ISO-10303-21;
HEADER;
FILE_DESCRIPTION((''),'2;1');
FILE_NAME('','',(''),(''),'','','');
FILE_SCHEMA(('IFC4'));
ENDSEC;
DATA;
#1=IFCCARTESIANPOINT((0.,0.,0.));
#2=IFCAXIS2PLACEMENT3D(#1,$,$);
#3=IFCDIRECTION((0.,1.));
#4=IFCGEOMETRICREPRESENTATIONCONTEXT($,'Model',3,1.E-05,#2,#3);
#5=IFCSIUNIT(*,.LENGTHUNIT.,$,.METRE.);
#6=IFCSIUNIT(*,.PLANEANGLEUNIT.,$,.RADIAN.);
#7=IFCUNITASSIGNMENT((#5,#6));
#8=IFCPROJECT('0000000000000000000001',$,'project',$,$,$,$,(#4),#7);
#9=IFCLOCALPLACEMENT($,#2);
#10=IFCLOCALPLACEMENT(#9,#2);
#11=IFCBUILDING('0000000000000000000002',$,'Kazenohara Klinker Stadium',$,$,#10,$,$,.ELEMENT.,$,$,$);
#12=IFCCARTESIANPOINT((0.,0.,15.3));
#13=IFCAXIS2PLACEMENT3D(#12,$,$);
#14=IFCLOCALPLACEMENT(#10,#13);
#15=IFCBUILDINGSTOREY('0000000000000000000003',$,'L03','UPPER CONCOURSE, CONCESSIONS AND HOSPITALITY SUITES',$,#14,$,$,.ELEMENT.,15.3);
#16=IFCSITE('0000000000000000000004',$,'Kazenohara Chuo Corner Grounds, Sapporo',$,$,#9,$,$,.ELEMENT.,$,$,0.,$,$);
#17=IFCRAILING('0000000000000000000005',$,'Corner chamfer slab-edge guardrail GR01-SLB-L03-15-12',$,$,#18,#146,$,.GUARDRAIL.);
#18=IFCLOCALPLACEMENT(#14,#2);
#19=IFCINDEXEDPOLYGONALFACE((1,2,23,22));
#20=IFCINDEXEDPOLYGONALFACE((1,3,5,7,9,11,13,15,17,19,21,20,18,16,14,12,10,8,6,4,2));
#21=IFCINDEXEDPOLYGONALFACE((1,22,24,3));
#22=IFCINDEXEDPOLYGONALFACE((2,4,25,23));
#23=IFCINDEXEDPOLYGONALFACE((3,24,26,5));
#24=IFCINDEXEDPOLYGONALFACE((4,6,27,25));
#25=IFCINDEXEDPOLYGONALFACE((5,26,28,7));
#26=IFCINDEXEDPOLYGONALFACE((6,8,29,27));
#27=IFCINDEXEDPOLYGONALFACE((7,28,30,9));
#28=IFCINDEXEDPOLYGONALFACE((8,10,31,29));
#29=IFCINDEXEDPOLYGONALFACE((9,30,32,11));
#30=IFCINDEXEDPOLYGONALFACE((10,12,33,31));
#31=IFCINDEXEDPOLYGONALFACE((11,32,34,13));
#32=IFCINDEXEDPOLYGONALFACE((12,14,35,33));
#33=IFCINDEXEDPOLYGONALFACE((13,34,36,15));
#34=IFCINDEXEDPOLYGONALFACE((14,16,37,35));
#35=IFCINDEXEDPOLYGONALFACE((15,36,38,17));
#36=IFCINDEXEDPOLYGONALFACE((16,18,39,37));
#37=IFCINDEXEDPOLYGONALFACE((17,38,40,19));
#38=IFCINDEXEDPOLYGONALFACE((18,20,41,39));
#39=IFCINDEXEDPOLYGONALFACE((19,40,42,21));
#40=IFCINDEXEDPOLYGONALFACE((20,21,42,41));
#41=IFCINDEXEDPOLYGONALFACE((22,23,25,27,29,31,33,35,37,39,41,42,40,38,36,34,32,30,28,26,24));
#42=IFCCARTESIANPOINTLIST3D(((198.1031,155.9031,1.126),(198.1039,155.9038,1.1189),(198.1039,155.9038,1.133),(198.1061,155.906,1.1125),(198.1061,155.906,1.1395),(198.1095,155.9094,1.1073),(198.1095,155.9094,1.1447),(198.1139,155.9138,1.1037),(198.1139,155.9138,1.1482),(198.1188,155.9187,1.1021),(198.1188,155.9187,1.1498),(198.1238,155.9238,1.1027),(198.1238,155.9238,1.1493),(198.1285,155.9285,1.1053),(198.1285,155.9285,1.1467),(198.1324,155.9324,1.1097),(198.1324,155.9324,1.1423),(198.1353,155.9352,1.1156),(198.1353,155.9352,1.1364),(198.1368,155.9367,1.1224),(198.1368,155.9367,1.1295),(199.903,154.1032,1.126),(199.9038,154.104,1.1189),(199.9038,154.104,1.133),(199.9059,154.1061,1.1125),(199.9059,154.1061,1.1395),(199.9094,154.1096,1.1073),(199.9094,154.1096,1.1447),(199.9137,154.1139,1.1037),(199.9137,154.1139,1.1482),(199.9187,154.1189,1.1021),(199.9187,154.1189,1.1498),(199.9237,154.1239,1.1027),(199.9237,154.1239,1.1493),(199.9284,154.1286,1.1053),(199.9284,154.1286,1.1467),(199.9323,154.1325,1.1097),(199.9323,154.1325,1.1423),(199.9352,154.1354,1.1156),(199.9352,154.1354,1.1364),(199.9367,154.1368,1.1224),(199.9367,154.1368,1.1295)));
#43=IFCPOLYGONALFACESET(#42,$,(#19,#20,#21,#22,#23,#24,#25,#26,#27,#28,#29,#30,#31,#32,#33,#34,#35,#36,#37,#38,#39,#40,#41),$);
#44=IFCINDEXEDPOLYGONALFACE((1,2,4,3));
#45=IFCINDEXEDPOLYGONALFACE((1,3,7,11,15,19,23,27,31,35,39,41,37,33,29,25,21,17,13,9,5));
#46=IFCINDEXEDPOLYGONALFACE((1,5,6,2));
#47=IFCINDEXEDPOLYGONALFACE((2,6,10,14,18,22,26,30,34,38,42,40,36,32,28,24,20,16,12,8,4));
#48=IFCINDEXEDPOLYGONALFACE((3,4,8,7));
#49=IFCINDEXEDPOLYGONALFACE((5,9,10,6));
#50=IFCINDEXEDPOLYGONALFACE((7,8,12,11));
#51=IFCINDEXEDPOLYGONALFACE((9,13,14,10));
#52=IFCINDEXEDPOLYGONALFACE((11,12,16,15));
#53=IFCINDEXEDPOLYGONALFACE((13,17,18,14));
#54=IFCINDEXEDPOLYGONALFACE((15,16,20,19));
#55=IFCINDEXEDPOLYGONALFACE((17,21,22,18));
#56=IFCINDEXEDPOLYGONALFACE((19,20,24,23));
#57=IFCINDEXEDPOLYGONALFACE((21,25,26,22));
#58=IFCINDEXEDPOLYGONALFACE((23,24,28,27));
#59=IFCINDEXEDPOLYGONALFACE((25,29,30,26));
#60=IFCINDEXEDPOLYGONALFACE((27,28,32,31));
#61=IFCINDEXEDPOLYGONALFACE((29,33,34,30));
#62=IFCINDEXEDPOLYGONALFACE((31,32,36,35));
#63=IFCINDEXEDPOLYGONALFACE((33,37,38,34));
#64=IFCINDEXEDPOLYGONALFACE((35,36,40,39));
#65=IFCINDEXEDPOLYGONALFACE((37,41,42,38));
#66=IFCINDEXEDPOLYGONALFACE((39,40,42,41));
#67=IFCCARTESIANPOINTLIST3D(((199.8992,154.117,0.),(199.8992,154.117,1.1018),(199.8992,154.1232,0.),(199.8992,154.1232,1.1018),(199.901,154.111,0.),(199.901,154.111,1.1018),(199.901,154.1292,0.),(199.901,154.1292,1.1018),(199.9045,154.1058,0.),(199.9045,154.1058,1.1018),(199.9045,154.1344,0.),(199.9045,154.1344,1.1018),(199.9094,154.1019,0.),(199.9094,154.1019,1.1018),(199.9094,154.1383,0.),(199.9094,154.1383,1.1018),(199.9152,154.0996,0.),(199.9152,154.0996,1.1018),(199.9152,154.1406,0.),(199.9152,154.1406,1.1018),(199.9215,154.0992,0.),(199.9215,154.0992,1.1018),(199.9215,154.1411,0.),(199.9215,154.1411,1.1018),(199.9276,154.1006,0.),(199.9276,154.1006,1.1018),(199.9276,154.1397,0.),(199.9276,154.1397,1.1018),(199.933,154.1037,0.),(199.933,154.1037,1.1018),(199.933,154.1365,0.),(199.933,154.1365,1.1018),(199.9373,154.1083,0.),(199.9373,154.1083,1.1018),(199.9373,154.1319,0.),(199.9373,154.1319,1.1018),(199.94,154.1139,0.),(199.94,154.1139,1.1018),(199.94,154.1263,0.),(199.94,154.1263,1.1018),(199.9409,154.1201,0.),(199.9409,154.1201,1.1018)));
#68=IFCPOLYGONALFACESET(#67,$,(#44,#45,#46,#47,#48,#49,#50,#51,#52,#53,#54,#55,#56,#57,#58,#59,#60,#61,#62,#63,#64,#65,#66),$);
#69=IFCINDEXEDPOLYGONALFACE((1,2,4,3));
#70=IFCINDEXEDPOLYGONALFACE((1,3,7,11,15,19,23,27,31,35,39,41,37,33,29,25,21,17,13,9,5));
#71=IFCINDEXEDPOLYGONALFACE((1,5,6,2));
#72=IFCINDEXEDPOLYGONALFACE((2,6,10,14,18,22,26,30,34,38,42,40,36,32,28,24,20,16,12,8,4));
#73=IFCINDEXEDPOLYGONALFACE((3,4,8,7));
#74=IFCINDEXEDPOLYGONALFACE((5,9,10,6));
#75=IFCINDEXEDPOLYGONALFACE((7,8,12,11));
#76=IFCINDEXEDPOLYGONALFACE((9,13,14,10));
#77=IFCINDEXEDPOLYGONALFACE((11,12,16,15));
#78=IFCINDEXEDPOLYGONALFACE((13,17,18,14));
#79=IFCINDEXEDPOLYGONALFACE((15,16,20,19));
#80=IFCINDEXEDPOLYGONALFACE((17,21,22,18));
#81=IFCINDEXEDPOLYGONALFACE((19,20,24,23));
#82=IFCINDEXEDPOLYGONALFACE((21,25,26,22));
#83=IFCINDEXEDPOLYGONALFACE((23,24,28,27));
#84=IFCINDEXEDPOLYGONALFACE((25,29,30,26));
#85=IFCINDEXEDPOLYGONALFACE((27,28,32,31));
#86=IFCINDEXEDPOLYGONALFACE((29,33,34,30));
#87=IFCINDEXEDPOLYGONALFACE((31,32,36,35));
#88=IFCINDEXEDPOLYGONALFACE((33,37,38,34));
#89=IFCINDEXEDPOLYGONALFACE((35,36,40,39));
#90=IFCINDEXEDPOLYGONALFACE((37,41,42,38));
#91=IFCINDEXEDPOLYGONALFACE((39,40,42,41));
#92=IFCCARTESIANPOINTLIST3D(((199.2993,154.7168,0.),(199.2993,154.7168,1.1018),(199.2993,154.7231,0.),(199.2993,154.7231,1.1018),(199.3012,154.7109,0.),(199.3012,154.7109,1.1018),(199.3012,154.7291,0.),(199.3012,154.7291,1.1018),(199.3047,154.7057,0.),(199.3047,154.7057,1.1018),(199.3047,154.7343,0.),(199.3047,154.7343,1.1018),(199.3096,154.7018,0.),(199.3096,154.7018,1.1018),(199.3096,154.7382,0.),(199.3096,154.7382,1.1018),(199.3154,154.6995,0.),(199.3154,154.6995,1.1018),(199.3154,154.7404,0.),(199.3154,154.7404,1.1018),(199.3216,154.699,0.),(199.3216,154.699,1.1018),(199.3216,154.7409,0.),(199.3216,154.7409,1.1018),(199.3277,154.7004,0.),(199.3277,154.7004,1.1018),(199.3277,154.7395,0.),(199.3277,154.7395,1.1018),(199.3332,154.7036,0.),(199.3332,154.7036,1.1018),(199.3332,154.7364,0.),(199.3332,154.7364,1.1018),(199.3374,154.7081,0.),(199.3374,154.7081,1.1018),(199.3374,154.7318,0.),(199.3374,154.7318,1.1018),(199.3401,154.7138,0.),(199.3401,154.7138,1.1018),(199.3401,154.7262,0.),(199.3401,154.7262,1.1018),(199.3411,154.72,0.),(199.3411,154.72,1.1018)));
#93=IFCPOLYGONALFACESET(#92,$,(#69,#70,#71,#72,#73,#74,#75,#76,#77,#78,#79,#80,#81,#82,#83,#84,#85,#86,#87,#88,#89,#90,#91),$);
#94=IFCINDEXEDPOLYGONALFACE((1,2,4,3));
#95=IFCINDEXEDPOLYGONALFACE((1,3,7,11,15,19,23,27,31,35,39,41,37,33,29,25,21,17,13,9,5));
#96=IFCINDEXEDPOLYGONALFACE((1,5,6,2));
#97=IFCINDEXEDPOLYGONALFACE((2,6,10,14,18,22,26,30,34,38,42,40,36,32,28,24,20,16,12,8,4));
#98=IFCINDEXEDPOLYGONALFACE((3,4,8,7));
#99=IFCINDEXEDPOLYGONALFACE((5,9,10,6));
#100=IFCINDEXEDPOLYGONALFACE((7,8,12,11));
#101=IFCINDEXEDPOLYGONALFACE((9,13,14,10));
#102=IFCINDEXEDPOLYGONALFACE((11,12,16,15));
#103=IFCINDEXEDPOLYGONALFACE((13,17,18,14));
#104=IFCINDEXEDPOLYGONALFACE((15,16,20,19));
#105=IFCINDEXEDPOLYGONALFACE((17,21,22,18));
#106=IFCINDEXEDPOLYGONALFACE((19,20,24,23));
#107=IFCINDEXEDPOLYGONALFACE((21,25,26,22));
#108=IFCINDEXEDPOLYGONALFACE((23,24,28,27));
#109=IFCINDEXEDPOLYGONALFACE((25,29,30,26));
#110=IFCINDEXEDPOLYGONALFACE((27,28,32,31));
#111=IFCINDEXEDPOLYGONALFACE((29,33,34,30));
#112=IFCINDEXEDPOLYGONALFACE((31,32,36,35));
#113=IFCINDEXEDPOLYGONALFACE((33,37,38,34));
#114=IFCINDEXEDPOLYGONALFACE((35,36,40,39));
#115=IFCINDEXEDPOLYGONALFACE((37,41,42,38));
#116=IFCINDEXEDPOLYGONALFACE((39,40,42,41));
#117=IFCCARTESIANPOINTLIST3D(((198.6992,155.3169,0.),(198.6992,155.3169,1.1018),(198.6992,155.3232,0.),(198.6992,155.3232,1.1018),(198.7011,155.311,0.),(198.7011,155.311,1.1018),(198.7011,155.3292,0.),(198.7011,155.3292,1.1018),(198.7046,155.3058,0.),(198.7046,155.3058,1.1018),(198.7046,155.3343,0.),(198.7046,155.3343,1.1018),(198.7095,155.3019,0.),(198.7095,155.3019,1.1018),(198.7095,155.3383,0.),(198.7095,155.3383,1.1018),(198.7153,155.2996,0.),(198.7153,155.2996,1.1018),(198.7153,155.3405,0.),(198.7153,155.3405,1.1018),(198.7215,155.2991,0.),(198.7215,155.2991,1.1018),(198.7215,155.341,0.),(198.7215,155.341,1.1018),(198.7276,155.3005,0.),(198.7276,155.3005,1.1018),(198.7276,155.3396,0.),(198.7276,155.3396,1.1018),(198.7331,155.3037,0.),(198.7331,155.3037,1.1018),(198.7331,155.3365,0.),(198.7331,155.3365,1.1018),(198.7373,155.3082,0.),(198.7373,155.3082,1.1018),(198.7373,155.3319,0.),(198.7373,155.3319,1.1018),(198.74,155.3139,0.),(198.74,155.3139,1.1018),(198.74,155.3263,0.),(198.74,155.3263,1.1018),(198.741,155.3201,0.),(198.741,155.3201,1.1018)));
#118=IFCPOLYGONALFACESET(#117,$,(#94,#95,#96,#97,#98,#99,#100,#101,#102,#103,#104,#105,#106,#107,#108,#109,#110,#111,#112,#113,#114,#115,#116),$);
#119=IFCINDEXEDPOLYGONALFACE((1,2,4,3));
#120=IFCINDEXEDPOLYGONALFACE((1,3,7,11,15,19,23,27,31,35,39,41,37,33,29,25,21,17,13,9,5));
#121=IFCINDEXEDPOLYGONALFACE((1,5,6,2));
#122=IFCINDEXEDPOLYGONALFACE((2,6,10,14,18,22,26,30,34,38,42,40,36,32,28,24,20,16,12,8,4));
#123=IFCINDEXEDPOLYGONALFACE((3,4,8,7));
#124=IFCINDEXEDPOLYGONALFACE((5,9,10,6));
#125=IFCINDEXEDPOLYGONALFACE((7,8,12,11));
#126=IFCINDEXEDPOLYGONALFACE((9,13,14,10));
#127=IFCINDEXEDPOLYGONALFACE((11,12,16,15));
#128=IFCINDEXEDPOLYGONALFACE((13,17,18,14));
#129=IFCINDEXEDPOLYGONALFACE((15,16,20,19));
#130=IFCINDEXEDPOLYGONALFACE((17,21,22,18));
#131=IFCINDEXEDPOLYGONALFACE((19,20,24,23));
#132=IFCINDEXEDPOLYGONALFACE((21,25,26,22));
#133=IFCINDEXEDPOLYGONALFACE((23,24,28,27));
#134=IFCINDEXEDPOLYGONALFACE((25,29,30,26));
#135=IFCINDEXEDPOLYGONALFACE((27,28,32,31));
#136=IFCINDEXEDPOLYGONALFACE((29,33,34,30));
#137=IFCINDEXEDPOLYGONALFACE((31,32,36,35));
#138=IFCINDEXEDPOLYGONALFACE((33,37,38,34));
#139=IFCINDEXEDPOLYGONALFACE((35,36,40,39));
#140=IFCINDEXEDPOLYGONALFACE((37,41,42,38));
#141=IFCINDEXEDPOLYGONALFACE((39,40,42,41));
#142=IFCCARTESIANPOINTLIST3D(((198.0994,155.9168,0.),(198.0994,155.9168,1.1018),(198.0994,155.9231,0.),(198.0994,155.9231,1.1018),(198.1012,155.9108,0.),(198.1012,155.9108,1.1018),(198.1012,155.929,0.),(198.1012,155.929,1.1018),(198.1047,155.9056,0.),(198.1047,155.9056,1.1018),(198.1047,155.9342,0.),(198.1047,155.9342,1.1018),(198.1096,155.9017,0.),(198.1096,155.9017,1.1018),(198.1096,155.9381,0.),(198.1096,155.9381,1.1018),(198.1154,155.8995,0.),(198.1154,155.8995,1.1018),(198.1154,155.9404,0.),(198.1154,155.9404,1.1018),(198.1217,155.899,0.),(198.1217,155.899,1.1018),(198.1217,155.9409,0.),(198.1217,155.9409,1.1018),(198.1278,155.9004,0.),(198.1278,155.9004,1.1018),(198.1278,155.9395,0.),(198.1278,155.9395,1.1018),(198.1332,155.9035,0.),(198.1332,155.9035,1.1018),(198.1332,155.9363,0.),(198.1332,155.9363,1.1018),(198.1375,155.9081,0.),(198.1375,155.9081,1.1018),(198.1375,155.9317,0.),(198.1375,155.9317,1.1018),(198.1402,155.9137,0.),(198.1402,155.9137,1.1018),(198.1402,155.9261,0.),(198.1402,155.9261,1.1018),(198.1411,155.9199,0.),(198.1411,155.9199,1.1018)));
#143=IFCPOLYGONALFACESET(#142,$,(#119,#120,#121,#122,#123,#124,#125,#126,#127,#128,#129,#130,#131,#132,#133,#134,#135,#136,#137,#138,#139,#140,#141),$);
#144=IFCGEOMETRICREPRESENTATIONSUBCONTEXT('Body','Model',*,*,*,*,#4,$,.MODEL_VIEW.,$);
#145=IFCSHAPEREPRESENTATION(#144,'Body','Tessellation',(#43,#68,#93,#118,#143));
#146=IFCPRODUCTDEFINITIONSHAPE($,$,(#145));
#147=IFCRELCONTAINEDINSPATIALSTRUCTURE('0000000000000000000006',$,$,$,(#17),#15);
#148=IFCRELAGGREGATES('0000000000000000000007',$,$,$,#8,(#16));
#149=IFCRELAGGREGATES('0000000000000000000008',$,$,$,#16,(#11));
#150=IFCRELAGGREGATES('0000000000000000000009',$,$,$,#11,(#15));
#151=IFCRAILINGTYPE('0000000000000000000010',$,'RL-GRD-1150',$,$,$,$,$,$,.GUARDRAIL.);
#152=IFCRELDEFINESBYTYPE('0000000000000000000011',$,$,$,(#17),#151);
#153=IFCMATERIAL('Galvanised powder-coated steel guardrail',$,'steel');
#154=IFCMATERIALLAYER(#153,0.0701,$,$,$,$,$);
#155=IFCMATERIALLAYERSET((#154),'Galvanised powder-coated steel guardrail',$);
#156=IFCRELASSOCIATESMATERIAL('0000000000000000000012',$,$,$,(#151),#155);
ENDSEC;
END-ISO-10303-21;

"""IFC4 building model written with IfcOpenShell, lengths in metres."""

from ifc_helpers import new_model, si_unit, direction, frame, origin, origin_2d, place, context, subcontext, project, spatial, circle, extrude, material, layer, layer_set, type_object, element, save


model = new_model("IFC4")

# Units and contexts
model_context = context("Model", 3, precision=1e-05, world=origin(), true_north=direction((0.0, 1.0)))
body_context = subcontext(model_context, "Body", "Model", "MODEL_VIEW")
ifc_project = project(units=[si_unit("LENGTHUNIT", "METRE"), si_unit("PLANEANGLEUNIT", "RADIAN")], contexts=[model_context])

# Site, building, storey
site_placement = place(None, origin())
site = spatial("IfcSite", under=ifc_project, at=site_placement, Name="Kazenohara Chuo Corner Grounds, Sapporo", CompositionType="ELEMENT", RefElevation=0.0)
building_placement = place(site_placement, origin())
building = spatial("IfcBuilding", under=site, at=building_placement, Name="Kazenohara Klinker Stadium", CompositionType="ELEMENT")
storey_placement = place(building_placement, frame((0.0, 0.0, 15.3)))
storey = spatial("IfcBuildingStorey", under=building, at=storey_placement, Name="L03", Description="UPPER CONCOURSE, CONCESSIONS AND HOSPITALITY SUITES", CompositionType="ELEMENT", Elevation=15.3)

# Railing
ifc_material_1 = material(Name="Galvanised powder-coated steel guardrail", Category="steel")
ifc_layer_1 = layer(ifc_material_1, 0.0701)
ifc_layer_set_1 = layer_set([ifc_layer_1], Name="Galvanised powder-coated steel guardrail")
railing_type = type_object("IfcRailingType", Name="RL-GRD-1150", PredefinedType="GUARDRAIL", material=ifc_layer_set_1)
railing_placement = place(storey_placement, frame((199.9199, 154.1201, 0.0)))
element("IfcRailing", 1, at=railing_placement, inside=storey, type_object=railing_type, Name="Corner chamfer slab-edge guardrail GR01-SLB-L03-15-12", PredefinedType="GUARDRAIL", context=body_context, shape_type="SweptSolid", body=[
    extrude(circle(Radius=0.0239, at=origin_2d()), frame((0.0, 0.0, 1.126), z_axis=(-0.707107, 0.707107, 0.0), x_axis=(-0.707107, -0.707107, 0.0)), (0.0, 0.0, 1.0), 2.5454),
    extrude(circle(Radius=0.021, at=origin_2d()), origin(), (0.0, 0.0, 1.0), 1.1018),
    extrude(circle(Radius=0.021, at=origin_2d()), frame((-0.5999, 0.5999, 0.0)), (0.0, 0.0, 1.0), 1.1018),
    extrude(circle(Radius=0.021, at=origin_2d()), frame((-1.2, 1.2, 0.0)), (0.0, 0.0, 1.0), 1.1018),
    extrude(circle(Radius=0.021, at=origin_2d()), frame((-1.7998, 1.7998, 0.0)), (0.0, 0.0, 1.0), 1.1018),
])

save(model, "model.ifc")
